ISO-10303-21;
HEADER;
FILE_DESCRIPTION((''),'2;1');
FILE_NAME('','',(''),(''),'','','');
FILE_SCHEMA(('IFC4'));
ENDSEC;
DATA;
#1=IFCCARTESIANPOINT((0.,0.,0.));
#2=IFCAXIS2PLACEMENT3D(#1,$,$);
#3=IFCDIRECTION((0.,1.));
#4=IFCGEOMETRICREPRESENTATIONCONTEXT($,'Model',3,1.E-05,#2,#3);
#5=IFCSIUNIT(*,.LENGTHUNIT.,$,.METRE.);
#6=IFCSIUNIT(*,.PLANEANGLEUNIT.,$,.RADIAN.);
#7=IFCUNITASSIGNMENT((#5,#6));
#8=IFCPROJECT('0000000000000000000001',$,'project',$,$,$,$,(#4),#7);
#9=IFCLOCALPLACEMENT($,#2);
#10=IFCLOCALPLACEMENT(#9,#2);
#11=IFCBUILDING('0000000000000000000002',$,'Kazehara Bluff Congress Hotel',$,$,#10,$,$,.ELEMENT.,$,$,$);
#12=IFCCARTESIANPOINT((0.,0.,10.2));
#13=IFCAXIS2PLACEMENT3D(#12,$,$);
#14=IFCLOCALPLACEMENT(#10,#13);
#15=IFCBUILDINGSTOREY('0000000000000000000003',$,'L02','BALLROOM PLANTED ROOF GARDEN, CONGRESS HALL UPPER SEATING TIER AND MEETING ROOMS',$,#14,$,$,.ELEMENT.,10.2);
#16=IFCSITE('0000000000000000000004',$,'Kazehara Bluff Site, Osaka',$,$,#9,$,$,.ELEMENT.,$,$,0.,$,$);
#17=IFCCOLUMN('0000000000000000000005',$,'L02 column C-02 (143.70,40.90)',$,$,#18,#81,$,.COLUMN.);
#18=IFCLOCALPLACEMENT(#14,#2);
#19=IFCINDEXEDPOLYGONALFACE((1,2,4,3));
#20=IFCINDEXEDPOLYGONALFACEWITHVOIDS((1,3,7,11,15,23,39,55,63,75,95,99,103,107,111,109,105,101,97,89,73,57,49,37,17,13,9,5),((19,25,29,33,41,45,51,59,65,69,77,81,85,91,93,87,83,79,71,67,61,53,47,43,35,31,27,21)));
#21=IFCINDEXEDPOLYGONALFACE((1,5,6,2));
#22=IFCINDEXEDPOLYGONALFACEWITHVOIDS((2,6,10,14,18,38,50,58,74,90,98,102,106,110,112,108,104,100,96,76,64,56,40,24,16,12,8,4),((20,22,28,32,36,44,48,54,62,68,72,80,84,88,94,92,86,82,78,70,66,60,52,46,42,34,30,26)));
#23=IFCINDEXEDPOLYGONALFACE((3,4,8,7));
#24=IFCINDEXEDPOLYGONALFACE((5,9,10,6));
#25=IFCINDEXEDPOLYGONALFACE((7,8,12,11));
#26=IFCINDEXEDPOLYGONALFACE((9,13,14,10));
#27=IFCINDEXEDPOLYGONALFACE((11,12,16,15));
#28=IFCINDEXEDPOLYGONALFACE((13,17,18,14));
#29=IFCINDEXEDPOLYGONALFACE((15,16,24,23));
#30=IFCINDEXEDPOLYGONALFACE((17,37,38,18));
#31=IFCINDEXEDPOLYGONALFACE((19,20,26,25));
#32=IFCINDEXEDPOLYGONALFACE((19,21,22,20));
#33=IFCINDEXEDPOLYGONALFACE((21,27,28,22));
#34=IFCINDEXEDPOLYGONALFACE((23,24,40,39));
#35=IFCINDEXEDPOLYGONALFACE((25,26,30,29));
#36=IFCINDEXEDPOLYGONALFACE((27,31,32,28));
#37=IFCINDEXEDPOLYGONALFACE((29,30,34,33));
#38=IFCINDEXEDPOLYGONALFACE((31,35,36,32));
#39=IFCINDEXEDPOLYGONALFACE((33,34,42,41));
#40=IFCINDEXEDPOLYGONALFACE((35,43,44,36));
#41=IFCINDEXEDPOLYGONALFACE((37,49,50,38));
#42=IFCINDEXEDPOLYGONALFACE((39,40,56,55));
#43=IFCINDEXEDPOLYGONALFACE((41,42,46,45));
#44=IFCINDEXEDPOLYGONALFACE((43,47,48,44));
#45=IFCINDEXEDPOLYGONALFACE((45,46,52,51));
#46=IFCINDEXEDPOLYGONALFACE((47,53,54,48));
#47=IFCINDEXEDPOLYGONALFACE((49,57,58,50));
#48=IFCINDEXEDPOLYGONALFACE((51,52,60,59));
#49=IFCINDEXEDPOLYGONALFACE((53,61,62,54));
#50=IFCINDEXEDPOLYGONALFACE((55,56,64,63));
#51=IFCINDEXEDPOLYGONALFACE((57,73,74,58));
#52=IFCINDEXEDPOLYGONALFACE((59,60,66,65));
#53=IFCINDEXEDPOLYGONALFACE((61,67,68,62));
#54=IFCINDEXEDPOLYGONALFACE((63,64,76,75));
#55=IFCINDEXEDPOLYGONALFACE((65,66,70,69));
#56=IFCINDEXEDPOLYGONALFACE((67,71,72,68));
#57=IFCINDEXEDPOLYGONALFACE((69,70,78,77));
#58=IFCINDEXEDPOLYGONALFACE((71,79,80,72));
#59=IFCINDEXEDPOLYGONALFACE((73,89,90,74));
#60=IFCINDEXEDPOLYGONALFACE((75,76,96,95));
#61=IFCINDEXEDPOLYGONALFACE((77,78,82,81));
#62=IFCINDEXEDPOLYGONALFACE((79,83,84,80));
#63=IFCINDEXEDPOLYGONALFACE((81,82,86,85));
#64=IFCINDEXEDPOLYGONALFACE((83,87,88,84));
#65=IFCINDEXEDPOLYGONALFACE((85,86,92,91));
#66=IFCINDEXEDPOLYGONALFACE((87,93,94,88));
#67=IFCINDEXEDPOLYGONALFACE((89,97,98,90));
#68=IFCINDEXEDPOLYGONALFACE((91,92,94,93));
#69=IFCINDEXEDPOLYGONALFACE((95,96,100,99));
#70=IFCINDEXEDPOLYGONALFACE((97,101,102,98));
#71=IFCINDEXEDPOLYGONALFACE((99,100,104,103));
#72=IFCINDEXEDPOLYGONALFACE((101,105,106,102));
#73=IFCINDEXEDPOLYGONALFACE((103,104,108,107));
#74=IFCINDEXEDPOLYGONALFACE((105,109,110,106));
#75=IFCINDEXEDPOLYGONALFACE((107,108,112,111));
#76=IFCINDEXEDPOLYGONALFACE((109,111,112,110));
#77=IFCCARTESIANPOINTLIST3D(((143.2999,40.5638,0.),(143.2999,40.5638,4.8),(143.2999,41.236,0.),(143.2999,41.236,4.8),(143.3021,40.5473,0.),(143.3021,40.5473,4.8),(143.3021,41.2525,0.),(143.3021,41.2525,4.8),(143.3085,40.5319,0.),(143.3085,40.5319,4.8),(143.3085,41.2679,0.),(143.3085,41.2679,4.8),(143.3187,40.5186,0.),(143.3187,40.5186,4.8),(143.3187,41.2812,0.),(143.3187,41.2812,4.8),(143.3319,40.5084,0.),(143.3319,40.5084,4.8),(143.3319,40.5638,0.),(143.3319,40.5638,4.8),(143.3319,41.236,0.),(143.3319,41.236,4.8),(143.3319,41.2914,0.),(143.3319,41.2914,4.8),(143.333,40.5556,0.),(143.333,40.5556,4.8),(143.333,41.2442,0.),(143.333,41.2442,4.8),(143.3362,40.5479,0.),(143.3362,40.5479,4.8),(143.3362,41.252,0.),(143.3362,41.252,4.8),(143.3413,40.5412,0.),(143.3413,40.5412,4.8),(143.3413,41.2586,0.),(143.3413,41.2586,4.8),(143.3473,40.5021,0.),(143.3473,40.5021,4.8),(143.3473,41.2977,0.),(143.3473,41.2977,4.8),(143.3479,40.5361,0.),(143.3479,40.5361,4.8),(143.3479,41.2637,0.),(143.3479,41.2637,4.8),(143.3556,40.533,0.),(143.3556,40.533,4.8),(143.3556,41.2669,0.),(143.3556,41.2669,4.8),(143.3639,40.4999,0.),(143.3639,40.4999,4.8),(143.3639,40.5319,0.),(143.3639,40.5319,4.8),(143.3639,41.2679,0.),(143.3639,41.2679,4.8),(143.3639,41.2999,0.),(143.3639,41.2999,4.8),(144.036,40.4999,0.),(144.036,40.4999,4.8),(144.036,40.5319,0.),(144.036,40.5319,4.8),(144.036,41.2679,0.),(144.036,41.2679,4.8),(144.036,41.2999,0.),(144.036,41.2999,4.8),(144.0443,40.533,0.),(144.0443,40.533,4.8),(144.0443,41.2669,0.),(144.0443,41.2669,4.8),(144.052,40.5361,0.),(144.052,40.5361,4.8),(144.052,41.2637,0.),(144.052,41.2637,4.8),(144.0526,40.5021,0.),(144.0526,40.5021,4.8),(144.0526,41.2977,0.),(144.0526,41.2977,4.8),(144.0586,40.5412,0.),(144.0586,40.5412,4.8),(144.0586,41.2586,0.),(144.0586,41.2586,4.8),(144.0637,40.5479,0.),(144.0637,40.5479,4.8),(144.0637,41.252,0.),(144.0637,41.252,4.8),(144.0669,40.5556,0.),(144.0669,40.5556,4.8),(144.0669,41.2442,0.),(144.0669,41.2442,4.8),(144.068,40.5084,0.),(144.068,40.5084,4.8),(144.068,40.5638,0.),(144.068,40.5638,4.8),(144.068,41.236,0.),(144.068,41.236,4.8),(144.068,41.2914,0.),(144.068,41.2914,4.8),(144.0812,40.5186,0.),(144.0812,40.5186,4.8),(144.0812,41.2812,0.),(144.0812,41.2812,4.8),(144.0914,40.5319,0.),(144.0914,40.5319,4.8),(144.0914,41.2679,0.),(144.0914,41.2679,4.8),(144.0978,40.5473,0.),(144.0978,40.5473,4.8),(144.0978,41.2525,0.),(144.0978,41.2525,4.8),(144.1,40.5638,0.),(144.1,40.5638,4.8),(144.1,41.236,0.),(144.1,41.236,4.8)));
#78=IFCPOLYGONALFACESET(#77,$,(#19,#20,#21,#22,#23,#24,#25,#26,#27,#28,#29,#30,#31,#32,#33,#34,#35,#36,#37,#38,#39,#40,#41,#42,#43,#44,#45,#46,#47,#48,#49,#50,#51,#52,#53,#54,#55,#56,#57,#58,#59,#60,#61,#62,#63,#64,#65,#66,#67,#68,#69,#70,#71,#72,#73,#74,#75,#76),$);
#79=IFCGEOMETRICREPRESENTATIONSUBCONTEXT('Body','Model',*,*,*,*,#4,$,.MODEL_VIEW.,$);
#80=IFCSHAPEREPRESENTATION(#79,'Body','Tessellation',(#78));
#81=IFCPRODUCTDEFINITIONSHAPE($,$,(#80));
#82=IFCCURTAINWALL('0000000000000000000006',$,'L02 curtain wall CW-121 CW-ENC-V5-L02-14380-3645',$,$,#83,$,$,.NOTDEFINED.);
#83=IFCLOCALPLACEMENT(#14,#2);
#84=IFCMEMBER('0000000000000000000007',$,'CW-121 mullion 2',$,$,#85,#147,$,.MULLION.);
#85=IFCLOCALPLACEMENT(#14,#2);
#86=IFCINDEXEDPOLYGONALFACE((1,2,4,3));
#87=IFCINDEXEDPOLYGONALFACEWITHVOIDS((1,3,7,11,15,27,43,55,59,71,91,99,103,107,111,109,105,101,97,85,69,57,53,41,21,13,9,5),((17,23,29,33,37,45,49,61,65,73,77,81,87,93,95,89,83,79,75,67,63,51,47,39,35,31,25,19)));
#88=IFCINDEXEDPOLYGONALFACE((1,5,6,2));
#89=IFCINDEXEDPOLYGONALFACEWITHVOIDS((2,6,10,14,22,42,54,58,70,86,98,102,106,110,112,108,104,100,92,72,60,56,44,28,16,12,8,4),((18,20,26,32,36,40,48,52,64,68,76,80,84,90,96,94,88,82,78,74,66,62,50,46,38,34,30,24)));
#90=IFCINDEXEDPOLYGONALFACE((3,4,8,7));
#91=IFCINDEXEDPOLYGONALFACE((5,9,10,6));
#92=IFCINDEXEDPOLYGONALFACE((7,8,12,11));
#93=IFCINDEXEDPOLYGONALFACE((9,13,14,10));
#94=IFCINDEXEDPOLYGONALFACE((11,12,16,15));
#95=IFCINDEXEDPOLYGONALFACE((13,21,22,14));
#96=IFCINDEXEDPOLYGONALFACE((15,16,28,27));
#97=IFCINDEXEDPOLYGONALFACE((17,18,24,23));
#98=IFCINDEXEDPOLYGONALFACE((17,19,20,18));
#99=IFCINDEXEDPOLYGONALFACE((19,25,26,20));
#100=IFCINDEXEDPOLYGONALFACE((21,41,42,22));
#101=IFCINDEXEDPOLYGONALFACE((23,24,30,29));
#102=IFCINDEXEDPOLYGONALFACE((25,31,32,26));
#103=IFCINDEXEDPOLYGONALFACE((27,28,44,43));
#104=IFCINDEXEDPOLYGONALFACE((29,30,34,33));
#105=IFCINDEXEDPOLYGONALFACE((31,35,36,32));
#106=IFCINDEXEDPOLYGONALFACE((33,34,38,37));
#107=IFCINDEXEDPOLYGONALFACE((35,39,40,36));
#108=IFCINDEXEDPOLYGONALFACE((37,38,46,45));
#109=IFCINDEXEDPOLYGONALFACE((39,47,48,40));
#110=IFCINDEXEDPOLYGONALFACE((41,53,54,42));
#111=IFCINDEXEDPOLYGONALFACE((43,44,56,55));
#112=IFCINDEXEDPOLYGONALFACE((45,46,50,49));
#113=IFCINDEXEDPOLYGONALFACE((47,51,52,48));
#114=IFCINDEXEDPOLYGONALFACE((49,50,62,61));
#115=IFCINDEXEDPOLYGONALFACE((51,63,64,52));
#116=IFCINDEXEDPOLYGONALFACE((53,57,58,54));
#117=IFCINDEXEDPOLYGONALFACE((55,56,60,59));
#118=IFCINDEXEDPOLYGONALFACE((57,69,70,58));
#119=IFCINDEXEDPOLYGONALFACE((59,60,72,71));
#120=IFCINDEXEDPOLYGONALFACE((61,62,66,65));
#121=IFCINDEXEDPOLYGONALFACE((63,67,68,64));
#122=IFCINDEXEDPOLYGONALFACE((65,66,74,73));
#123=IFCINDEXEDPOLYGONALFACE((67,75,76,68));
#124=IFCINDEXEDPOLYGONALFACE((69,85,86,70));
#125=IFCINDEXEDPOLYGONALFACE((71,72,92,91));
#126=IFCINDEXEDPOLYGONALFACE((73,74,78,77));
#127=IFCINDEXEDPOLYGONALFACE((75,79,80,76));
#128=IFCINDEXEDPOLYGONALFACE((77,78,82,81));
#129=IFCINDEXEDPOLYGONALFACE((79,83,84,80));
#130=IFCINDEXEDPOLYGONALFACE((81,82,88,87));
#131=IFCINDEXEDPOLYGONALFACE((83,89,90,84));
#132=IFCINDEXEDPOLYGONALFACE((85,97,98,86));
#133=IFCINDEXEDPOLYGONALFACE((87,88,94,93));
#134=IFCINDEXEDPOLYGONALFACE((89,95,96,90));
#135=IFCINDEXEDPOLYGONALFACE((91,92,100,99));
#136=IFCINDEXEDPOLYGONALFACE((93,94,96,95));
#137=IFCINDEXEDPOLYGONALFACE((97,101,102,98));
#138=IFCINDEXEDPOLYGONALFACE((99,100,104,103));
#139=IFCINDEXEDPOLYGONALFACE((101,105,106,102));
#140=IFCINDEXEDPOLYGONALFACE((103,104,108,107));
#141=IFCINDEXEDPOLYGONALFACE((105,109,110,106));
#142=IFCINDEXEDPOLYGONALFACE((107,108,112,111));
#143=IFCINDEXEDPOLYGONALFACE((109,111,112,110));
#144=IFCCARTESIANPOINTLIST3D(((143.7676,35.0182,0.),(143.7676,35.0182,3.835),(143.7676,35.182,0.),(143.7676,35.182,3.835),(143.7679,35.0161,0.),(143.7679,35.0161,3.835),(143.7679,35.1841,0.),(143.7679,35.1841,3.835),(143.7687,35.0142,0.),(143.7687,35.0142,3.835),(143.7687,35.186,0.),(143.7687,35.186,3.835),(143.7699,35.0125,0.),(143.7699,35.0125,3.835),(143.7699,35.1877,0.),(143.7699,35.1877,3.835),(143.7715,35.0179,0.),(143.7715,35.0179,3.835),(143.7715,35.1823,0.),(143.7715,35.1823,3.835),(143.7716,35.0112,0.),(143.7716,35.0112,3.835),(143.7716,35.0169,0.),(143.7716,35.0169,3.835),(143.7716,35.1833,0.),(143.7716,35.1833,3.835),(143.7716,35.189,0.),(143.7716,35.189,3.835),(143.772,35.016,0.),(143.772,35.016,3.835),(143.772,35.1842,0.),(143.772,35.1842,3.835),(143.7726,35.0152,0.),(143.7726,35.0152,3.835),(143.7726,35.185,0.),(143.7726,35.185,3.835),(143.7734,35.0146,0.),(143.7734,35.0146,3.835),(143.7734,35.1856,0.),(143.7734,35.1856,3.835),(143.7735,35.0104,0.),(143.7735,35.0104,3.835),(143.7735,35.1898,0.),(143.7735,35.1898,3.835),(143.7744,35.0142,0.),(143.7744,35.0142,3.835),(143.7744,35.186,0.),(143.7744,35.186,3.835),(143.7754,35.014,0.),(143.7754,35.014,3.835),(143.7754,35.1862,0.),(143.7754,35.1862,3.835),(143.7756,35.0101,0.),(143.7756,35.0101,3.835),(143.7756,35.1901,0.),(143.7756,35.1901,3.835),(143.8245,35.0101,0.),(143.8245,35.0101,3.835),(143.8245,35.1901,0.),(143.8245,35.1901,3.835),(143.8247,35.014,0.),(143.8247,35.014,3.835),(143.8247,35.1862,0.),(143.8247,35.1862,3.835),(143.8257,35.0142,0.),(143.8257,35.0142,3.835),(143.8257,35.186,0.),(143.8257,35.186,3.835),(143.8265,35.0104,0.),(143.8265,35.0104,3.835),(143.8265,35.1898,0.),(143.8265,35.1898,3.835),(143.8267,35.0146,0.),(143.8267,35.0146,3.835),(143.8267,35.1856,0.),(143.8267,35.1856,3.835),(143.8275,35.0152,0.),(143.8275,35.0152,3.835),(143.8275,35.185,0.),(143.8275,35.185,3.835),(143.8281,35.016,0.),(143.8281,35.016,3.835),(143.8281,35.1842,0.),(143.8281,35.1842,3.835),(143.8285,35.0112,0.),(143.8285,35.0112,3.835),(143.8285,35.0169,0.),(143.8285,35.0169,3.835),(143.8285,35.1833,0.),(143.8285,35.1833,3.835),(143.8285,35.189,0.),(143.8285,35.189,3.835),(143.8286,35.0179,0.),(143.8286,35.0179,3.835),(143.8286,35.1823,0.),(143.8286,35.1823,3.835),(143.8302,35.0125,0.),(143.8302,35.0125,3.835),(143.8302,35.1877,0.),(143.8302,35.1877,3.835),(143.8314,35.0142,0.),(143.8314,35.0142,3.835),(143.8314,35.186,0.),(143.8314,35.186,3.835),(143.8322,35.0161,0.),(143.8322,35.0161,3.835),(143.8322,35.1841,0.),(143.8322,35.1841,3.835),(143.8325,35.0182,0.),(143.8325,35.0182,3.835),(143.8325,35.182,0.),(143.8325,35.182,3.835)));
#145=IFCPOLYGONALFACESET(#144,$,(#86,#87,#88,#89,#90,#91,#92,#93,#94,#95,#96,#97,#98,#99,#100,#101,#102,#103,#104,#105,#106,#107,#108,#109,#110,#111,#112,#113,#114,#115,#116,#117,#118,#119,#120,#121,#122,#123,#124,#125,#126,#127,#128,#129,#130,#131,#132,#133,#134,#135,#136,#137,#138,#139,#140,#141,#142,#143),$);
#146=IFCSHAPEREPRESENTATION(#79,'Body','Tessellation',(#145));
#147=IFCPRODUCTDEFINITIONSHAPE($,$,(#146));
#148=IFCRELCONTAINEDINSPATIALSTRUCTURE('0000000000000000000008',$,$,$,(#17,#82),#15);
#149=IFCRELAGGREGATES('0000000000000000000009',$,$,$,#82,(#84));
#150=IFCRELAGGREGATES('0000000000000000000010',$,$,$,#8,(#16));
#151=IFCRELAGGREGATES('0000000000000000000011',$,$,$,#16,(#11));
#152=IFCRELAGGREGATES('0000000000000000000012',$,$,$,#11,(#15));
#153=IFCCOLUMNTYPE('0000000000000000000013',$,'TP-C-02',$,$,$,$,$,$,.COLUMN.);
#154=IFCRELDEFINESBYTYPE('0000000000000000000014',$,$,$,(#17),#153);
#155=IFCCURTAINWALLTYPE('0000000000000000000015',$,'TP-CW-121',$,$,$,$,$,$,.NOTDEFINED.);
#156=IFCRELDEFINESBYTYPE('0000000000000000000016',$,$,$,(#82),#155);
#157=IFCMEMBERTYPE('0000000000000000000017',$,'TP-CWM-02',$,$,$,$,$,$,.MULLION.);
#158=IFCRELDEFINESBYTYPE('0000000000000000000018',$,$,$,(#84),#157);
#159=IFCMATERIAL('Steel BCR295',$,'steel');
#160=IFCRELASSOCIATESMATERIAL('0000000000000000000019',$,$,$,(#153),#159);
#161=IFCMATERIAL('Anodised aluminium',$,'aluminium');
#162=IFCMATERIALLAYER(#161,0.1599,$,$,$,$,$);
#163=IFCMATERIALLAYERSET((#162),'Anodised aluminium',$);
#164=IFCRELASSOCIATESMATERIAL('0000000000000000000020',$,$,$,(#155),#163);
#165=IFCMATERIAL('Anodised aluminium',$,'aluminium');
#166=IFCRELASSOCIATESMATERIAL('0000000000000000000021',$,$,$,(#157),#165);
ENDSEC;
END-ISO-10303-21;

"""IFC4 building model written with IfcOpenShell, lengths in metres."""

from ifc_helpers import new_model, si_unit, direction, frame, origin, origin_2d, place, context, subcontext, project, spatial, hollow_rectangle, extrude, material, layer, layer_set, material_profile, profile_set, type_object, element, aggregate, save


model = new_model("IFC4")

# Units and contexts
model_context = context("Model", 3, precision=1e-05, world=origin(), true_north=direction((0.0, 1.0)))
body_context = subcontext(model_context, "Body", "Model", "MODEL_VIEW")
ifc_project = project(units=[si_unit("LENGTHUNIT", "METRE"), si_unit("PLANEANGLEUNIT", "RADIAN")], contexts=[model_context])

# Site, building, storey
site_placement = place(None, origin())
site = spatial("IfcSite", under=ifc_project, at=site_placement, Name="Kazehara Bluff Site, Osaka", CompositionType="ELEMENT", RefElevation=0.0)
building_placement = place(site_placement, origin())
building = spatial("IfcBuilding", under=site, at=building_placement, Name="Kazehara Bluff Congress Hotel", CompositionType="ELEMENT")
storey_placement = place(building_placement, frame((0.0, 0.0, 10.2)))
storey = spatial("IfcBuildingStorey", under=building, at=storey_placement, Name="L02", Description="BALLROOM PLANTED ROOF GARDEN, CONGRESS HALL UPPER SEATING TIER AND MEETING ROOMS", CompositionType="ELEMENT", Elevation=10.2)

# Column
ifc_material_1 = material(Name="Steel BCR295", Category="steel")
ifc_material_profile_1 = material_profile(ifc_material_1, hollow_rectangle(XDim=0.8, YDim=0.8, WallThickness=0.032, InnerFilletRadius=0.032, OuterFilletRadius=0.064, at=origin_2d()))
ifc_profile_set_1 = profile_set([ifc_material_profile_1], Name="Steel BCR295")
column_type = type_object("IfcColumnType", Name="TP-C-02", PredefinedType="COLUMN", material=ifc_profile_set_1)
column_placement = place(storey_placement, frame((143.7, 40.8999, 0.0), z_axis=(0.0, 0.0, 1.0), x_axis=(1.0, 0.0, 0.0)))
element("IfcColumn", 1, at=column_placement, inside=storey, type_object=column_type, Name="L02 column C-02 (143.70,40.90)", PredefinedType="COLUMN", context=body_context, shape_type="SweptSolid", body=[
    extrude(hollow_rectangle(XDim=0.8, YDim=0.8, WallThickness=0.032, InnerFilletRadius=0.032, OuterFilletRadius=0.064, at=origin_2d()), origin(), (0.0, 0.0, 1.0), 4.8),
])

# Curtain wall, member
ifc_material_2 = material(Name="Anodised aluminium", Category="aluminium")
ifc_layer_1 = layer(ifc_material_2, 0.1599)
ifc_layer_set_1 = layer_set([ifc_layer_1], Name="Anodised aluminium")
curtain_wall_type_1 = type_object("IfcCurtainWallType", Name="TP-CW-121", PredefinedType="NOTDEFINED", material=ifc_layer_set_1)
curtain_wall_1_placement = place(storey_placement, origin())
curtain_wall_1 = element("IfcCurtainWall", 2, at=curtain_wall_1_placement, inside=storey, type_object=curtain_wall_type_1, Name="L02 curtain wall CW-121 CW-ENC-V5-L02-14380-3645", PredefinedType="NOTDEFINED")
ifc_material_3 = material(Name="Anodised aluminium", Category="aluminium")
ifc_material_profile_2 = material_profile(ifc_material_3, hollow_rectangle(XDim=0.0649, YDim=0.1799, WallThickness=0.0039, InnerFilletRadius=0.0039, OuterFilletRadius=0.0081, at=origin_2d()))
ifc_profile_set_2 = profile_set([ifc_material_profile_2], Name="Anodised aluminium")
member_type_1 = type_object("IfcMemberType", Name="TP-CWM-02", PredefinedType="MULLION", material=ifc_profile_set_2)
member_1_placement = place(storey_placement, frame((143.8, 35.1001, 0.0), z_axis=(0.0, 0.0, 1.0), x_axis=(-1.0, 0.0, 0.0)))
member_1 = element("IfcMember", 3, at=member_1_placement, type_object=member_type_1, Name="CW-121 mullion 2", PredefinedType="MULLION", context=body_context, shape_type="SweptSolid", body=[
    extrude(hollow_rectangle(XDim=0.0649, YDim=0.1799, WallThickness=0.0039, InnerFilletRadius=0.0039, OuterFilletRadius=0.0081, at=origin_2d()), origin(), (0.0, 0.0, 1.0), 3.835),
])

aggregate(curtain_wall_1, [member_1])

save(model, "model.ifc")
